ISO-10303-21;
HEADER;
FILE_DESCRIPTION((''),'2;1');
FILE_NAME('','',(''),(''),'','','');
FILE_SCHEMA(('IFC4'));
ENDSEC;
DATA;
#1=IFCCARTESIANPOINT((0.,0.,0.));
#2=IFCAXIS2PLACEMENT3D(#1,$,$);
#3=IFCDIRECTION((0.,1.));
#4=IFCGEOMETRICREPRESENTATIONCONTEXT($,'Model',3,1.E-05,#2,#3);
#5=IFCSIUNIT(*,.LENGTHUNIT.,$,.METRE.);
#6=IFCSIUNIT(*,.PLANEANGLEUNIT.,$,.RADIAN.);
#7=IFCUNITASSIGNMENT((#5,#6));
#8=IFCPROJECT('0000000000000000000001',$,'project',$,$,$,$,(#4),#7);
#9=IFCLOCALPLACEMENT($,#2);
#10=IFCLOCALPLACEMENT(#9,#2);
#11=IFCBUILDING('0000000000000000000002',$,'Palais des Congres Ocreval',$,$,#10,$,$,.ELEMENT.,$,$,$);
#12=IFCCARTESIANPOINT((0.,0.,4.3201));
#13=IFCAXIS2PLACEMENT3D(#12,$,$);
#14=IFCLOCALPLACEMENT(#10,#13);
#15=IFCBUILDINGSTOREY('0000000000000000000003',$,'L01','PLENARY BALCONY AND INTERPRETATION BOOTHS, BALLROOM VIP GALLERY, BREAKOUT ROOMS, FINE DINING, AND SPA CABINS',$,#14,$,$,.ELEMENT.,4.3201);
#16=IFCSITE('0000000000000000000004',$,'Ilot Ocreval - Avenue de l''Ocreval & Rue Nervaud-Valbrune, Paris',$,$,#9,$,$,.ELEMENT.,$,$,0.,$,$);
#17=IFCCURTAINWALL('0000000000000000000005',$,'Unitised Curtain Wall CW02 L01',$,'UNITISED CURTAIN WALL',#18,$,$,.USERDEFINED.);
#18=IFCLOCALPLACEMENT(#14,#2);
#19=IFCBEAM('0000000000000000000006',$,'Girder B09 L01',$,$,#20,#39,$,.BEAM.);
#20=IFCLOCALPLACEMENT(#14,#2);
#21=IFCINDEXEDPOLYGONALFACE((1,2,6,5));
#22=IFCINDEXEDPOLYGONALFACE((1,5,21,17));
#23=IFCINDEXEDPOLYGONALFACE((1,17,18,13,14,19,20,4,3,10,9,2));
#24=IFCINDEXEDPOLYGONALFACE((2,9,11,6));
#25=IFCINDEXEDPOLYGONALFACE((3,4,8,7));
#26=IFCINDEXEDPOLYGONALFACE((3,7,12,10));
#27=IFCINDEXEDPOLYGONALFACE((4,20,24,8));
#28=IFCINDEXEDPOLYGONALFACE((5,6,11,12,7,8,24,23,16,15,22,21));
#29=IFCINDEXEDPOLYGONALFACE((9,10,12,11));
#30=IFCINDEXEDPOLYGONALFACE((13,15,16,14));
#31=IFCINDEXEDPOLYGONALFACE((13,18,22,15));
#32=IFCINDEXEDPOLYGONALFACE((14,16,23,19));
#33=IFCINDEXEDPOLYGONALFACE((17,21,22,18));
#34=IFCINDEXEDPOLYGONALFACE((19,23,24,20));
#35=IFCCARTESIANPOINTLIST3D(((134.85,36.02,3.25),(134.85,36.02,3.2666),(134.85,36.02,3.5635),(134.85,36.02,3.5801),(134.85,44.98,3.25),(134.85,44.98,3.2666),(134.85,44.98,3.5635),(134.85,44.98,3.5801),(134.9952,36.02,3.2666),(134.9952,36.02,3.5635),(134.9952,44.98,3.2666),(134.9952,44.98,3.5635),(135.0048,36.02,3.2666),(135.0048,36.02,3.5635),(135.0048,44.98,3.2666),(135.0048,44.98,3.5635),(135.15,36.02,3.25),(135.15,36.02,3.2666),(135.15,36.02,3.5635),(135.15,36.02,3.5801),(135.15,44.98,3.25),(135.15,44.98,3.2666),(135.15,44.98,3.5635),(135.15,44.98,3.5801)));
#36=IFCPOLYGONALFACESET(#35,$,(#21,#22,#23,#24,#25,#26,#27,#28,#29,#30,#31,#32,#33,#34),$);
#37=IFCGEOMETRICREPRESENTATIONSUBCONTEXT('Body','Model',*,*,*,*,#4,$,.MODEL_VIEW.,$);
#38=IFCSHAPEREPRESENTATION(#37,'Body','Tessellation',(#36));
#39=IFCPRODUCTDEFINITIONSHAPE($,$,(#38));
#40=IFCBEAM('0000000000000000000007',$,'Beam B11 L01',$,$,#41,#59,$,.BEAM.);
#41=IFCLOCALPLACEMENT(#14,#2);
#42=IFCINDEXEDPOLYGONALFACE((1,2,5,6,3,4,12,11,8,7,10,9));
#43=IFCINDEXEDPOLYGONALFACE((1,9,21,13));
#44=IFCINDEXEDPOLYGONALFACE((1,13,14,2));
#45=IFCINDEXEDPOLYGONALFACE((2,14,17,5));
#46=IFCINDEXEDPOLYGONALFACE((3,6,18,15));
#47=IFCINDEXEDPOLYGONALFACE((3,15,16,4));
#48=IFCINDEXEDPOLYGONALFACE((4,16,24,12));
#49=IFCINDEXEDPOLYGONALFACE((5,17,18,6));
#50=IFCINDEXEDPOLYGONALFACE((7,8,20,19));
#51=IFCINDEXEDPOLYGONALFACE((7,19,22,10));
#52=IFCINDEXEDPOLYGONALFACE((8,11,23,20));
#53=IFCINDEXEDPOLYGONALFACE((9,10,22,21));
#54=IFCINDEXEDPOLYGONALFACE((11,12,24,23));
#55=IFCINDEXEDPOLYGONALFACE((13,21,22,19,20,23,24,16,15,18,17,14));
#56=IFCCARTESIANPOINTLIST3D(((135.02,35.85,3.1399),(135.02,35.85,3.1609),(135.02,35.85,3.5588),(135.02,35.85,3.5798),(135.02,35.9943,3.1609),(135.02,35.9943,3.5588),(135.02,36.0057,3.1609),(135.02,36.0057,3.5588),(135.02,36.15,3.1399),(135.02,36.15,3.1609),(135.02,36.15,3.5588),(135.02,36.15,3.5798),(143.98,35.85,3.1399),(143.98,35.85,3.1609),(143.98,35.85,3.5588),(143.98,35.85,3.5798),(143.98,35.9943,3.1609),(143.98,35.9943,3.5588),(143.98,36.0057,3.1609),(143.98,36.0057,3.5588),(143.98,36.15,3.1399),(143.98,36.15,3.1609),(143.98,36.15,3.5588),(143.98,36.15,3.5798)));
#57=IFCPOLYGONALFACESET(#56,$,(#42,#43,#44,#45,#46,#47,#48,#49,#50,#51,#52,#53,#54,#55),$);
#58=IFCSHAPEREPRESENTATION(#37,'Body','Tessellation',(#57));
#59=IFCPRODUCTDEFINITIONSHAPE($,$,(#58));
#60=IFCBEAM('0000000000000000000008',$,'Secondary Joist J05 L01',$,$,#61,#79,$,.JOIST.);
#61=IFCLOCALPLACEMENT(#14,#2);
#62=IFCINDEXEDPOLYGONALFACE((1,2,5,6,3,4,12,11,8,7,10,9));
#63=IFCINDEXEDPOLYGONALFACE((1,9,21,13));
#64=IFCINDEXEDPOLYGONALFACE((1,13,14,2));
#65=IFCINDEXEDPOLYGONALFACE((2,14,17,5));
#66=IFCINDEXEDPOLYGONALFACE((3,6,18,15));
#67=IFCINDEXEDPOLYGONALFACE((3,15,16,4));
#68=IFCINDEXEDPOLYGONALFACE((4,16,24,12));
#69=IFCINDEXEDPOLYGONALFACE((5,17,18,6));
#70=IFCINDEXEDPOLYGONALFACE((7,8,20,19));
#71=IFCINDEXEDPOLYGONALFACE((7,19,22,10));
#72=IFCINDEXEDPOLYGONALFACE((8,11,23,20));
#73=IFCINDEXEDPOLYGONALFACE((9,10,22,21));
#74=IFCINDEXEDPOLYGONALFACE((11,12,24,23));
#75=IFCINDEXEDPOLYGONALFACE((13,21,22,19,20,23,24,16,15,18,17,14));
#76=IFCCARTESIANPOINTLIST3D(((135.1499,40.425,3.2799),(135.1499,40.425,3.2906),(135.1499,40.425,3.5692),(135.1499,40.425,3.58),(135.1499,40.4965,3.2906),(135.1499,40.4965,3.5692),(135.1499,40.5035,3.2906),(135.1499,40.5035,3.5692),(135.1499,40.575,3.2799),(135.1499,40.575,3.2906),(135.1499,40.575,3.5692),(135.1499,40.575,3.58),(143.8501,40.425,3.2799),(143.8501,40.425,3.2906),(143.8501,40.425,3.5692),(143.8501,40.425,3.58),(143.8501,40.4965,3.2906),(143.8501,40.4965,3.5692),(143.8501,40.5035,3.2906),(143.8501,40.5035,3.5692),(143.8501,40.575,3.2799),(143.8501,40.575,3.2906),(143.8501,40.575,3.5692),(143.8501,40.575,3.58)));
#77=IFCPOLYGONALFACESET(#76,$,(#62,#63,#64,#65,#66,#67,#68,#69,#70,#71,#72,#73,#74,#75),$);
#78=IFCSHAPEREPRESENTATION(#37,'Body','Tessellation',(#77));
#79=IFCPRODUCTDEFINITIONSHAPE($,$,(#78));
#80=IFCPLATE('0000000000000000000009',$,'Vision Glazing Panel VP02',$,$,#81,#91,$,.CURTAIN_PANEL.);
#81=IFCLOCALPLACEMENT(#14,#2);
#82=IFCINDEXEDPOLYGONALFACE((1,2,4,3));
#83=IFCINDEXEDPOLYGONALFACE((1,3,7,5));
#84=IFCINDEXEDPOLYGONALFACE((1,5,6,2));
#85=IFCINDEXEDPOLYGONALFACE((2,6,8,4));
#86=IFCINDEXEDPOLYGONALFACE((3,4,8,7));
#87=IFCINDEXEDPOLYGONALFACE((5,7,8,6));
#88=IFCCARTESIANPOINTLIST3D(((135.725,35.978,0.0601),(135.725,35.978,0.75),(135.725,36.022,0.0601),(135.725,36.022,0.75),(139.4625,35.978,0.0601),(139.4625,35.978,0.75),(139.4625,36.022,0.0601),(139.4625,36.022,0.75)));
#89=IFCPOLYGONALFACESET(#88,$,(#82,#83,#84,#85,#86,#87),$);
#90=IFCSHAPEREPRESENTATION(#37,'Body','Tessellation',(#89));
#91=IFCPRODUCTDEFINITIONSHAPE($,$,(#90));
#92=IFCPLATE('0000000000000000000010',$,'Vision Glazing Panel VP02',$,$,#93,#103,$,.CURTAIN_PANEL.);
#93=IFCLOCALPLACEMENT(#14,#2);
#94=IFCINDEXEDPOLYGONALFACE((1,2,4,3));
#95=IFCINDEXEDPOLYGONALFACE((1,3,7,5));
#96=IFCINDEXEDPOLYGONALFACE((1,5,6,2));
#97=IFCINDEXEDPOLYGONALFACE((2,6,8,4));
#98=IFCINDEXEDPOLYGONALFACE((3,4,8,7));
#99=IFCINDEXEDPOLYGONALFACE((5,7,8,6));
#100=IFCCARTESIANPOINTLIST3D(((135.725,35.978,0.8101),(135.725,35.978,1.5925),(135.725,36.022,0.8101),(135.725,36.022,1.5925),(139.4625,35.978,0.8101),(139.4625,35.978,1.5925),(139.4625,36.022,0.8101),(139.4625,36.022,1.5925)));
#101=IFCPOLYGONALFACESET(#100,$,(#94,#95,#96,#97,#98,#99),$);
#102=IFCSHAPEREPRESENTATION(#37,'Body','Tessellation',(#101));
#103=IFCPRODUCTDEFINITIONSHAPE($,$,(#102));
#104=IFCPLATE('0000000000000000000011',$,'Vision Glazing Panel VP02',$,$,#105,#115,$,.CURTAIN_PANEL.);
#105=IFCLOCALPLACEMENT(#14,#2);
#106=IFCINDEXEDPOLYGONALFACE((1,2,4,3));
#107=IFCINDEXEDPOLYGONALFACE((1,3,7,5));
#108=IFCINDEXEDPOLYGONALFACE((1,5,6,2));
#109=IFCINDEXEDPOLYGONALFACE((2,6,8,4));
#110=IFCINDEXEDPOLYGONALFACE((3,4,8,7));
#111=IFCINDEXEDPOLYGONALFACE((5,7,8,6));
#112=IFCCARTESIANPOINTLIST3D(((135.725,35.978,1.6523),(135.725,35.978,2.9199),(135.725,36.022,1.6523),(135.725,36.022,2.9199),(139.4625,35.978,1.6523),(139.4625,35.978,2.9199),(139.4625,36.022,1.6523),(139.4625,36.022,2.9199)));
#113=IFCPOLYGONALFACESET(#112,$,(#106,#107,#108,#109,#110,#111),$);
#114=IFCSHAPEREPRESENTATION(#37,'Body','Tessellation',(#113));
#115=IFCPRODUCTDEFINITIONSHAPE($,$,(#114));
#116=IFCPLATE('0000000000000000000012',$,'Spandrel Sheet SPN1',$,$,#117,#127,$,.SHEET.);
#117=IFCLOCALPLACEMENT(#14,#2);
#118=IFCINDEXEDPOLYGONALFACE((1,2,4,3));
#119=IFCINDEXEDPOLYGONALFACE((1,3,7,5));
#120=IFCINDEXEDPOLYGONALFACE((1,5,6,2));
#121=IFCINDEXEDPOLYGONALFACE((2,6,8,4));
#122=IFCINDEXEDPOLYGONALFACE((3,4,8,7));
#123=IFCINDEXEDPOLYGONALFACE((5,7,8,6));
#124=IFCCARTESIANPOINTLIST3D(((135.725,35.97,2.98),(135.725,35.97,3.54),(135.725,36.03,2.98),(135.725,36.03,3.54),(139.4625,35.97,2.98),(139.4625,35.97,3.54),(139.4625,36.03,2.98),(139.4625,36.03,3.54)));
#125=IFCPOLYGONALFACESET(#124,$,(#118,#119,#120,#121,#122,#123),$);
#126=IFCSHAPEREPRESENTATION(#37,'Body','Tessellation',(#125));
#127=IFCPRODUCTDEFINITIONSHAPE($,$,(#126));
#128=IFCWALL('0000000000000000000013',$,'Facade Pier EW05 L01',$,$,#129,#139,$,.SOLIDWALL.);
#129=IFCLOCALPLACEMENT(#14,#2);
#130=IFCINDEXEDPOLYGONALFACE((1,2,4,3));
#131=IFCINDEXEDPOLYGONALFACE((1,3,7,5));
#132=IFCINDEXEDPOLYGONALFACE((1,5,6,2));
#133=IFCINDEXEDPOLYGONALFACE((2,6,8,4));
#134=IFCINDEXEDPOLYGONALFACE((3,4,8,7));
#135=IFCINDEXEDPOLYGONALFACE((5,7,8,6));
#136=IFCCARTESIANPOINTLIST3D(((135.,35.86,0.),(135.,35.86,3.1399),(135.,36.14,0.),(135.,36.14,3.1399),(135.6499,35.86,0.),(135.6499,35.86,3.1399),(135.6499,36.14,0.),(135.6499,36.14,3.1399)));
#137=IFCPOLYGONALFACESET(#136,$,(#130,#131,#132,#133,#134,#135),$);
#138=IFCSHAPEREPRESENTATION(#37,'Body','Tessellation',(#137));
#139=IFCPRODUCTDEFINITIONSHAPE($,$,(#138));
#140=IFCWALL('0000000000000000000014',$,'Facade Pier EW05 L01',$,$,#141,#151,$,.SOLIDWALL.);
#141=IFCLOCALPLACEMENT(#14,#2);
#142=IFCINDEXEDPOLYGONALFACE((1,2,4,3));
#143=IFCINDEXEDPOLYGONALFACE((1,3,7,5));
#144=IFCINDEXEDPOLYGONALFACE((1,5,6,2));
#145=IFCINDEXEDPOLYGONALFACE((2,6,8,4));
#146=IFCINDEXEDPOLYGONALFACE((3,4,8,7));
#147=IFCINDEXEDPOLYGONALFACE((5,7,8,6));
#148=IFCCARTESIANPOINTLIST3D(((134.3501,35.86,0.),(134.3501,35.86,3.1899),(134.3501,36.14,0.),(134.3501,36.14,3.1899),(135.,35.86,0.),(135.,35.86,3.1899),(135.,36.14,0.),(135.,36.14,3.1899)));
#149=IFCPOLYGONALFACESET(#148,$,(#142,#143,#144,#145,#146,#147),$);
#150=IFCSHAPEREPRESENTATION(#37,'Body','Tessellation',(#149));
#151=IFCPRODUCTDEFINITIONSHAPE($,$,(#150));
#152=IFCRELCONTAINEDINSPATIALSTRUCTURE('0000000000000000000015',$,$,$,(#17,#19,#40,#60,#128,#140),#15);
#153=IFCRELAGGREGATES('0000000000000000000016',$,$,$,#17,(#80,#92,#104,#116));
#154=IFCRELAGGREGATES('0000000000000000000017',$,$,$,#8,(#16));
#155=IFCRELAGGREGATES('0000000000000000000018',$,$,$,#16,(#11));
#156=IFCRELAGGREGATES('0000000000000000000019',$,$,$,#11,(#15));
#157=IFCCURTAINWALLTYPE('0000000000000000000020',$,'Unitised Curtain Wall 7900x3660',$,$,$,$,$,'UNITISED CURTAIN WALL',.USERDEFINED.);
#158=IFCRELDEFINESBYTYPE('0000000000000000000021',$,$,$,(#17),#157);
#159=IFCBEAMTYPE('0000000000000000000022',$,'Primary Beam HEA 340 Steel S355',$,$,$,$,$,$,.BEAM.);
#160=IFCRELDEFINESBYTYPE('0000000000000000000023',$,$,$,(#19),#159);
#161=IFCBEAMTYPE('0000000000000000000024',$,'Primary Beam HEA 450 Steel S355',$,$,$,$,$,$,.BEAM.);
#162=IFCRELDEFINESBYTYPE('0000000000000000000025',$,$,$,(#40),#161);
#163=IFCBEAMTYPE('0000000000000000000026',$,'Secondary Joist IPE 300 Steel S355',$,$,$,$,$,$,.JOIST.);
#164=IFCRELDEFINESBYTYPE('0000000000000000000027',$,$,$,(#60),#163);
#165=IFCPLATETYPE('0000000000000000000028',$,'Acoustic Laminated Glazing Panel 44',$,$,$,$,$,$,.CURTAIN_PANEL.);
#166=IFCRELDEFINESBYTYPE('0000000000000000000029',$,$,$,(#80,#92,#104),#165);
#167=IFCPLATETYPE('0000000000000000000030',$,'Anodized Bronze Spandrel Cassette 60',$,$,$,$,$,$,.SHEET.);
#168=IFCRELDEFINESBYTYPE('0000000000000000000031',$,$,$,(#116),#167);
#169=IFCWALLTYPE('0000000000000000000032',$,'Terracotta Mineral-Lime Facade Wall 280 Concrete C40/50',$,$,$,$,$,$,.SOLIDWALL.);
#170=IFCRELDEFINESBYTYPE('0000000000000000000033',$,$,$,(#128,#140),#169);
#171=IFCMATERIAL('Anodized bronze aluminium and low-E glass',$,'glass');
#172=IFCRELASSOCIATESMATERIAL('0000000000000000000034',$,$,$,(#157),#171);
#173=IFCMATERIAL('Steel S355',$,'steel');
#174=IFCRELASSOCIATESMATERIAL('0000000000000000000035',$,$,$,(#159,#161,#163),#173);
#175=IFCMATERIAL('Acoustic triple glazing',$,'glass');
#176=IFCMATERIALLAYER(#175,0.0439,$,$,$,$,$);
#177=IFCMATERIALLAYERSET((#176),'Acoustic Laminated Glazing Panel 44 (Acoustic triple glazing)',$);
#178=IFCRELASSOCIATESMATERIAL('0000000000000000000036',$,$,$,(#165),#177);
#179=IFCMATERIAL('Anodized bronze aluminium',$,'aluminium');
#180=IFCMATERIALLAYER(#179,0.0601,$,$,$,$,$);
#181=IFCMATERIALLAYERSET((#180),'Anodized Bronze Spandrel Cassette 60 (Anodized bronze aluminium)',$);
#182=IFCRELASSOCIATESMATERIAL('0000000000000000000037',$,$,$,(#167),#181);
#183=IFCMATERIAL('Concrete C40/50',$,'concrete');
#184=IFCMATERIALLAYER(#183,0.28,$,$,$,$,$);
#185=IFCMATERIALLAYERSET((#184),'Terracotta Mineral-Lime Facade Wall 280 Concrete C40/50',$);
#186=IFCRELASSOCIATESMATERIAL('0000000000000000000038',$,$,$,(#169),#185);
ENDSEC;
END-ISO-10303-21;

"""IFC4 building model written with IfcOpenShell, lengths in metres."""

from ifc_helpers import new_model, si_unit, direction, frame, frame_2d, origin, origin_2d, place, context, subcontext, project, spatial, rectangle, i_section, extrude, material, layer, layer_set, material_profile, profile_set, type_object, element, aggregate, save


model = new_model("IFC4")

# Units and contexts
model_context = context("Model", 3, precision=1e-05, world=origin(), true_north=direction((0.0, 1.0)))
body_context = subcontext(model_context, "Body", "Model", "MODEL_VIEW")
ifc_project = project(units=[si_unit("LENGTHUNIT", "METRE"), si_unit("PLANEANGLEUNIT", "RADIAN")], contexts=[model_context])

# Site, building, storey
site_placement = place(None, origin())
site = spatial("IfcSite", under=ifc_project, at=site_placement, Name="Ilot Ocreval - Avenue de l'Ocreval & Rue Nervaud-Valbrune, Paris", CompositionType="ELEMENT", RefElevation=0.0)
building_placement = place(site_placement, origin())
building = spatial("IfcBuilding", under=site, at=building_placement, Name="Palais des Congres Ocreval", CompositionType="ELEMENT")
storey_placement = place(building_placement, frame((0.0, 0.0, 4.3201)))
storey = spatial("IfcBuildingStorey", under=building, at=storey_placement, Name="L01", Description="PLENARY BALCONY AND INTERPRETATION BOOTHS, BALLROOM VIP GALLERY, BREAKOUT ROOMS, FINE DINING, AND SPA CABINS", CompositionType="ELEMENT", Elevation=4.3201)

# Shared definitions
ifc_material_1 = material(Name="Steel S355", Category="steel")

# Curtain wall
ifc_material_2 = material(Name="Anodized bronze aluminium and low-E glass", Category="glass")
curtain_wall_type = type_object("IfcCurtainWallType", Name="Unitised Curtain Wall 7900x3660", ElementType="UNITISED CURTAIN WALL", PredefinedType="USERDEFINED", material=ifc_material_2)
curtain_wall_1_placement = place(storey_placement, origin())
curtain_wall_1 = element("IfcCurtainWall", 1, at=curtain_wall_1_placement, inside=storey, type_object=curtain_wall_type, Name="Unitised Curtain Wall CW02 L01", ObjectType="UNITISED CURTAIN WALL", PredefinedType="USERDEFINED")
ifc_material_3 = material(Name="Anodized bronze aluminium", Category="aluminium")

# Beams
ifc_material_profile_1 = material_profile(ifc_material_1, i_section(OverallWidth=0.3, OverallDepth=0.3301, WebThickness=0.0095, FlangeThickness=0.0166, at=origin_2d()), Name="HEA 340")
ifc_profile_set_1 = profile_set([ifc_material_profile_1], Name="Steel S355")
beam_type_1 = type_object("IfcBeamType", Name="Primary Beam HEA 340 Steel S355", PredefinedType="BEAM", material=ifc_profile_set_1)
beam_1_placement = place(storey_placement, frame((135.0, 36.02, 3.415), z_axis=(0.0, 1.0, 0.0), x_axis=(-1.0, 0.0, 0.0)))
element("IfcBeam", 2, at=beam_1_placement, inside=storey, type_object=beam_type_1, Name="Girder B09 L01", PredefinedType="BEAM", context=body_context, shape_type="SweptSolid", body=[
    extrude(i_section(OverallWidth=0.3, OverallDepth=0.3301, WebThickness=0.0095, FlangeThickness=0.0166, at=origin_2d()), origin(), (0.0, 0.0, 1.0), 8.96),
])
ifc_material_profile_2 = material_profile(ifc_material_1, i_section(OverallWidth=0.3, OverallDepth=0.4399, WebThickness=0.0115, FlangeThickness=0.021, at=origin_2d()), Name="HEA 450")
ifc_profile_set_2 = profile_set([ifc_material_profile_2], Name="Steel S355")
beam_type_2 = type_object("IfcBeamType", Name="Primary Beam HEA 450 Steel S355", PredefinedType="BEAM", material=ifc_profile_set_2)
beam_2_placement = place(storey_placement, frame((135.02, 36.0, 3.3599), z_axis=(1.0, 0.0, 0.0), x_axis=(0.0, 1.0, 0.0)))
element("IfcBeam", 3, at=beam_2_placement, inside=storey, type_object=beam_type_2, Name="Beam B11 L01", PredefinedType="BEAM", context=body_context, shape_type="SweptSolid", body=[
    extrude(i_section(OverallWidth=0.3, OverallDepth=0.4399, WebThickness=0.0115, FlangeThickness=0.021, at=origin_2d()), origin(), (0.0, 0.0, 1.0), 8.96),
])
ifc_material_profile_3 = material_profile(ifc_material_1, i_section(OverallWidth=0.1499, OverallDepth=0.3, WebThickness=0.0071, FlangeThickness=0.0107, at=origin_2d()), Name="IPE 300")
ifc_profile_set_3 = profile_set([ifc_material_profile_3], Name="Steel S355")
beam_type_3 = type_object("IfcBeamType", Name="Secondary Joist IPE 300 Steel S355", PredefinedType="JOIST", material=ifc_profile_set_3)
beam_3_placement = place(storey_placement, frame((135.1499, 40.5, 3.4299), z_axis=(1.0, 0.0, 0.0), x_axis=(0.0, 1.0, 0.0)))
element("IfcBeam", 4, at=beam_3_placement, inside=storey, type_object=beam_type_3, Name="Secondary Joist J05 L01", PredefinedType="JOIST", context=body_context, shape_type="SweptSolid", body=[
    extrude(i_section(OverallWidth=0.1499, OverallDepth=0.3, WebThickness=0.0071, FlangeThickness=0.0107, at=origin_2d()), origin(), (0.0, 0.0, 1.0), 8.7002),
])

# Plates
ifc_material_4 = material(Name="Acoustic triple glazing", Category="glass")
ifc_layer_1 = layer(ifc_material_4, 0.0439)
ifc_layer_set_1 = layer_set([ifc_layer_1], Name="Acoustic Laminated Glazing Panel 44 (Acoustic triple glazing)")
plate_type_1 = type_object("IfcPlateType", Name="Acoustic Laminated Glazing Panel 44", PredefinedType="CURTAIN_PANEL", material=ifc_layer_set_1)
plate_1_placement = place(storey_placement, frame((137.5938, 36.0, 0.0601), z_axis=(0.0, 0.0, 1.0), x_axis=(-1.0, 0.0, 0.0)))
plate_1 = element("IfcPlate", 5, at=plate_1_placement, type_object=plate_type_1, Name="Vision Glazing Panel VP02", PredefinedType="CURTAIN_PANEL", context=body_context, shape_type="SweptSolid", body=[
    extrude(rectangle(XDim=3.7375, YDim=0.0439, at=origin_2d()), origin(), (0.0, 0.0, 1.0), 0.6899),
])
plate_2_placement = place(storey_placement, frame((137.5938, 36.0, 0.8101), z_axis=(0.0, 0.0, 1.0), x_axis=(-1.0, 0.0, 0.0)))
plate_2 = element("IfcPlate", 6, at=plate_2_placement, type_object=plate_type_1, Name="Vision Glazing Panel VP02", PredefinedType="CURTAIN_PANEL", context=body_context, shape_type="SweptSolid", body=[
    extrude(rectangle(XDim=3.7375, YDim=0.0439, at=origin_2d()), origin(), (0.0, 0.0, 1.0), 0.7825),
])
plate_3_placement = place(storey_placement, frame((137.5938, 36.0, 1.6523), z_axis=(0.0, 0.0, 1.0), x_axis=(-1.0, 0.0, 0.0)))
plate_3 = element("IfcPlate", 7, at=plate_3_placement, type_object=plate_type_1, Name="Vision Glazing Panel VP02", PredefinedType="CURTAIN_PANEL", context=body_context, shape_type="SweptSolid", body=[
    extrude(rectangle(XDim=3.7375, YDim=0.0439, at=origin_2d()), origin(), (0.0, 0.0, 1.0), 1.2676),
])
ifc_layer_2 = layer(ifc_material_3, 0.0601)
ifc_layer_set_2 = layer_set([ifc_layer_2], Name="Anodized Bronze Spandrel Cassette 60 (Anodized bronze aluminium)")
plate_type_2 = type_object("IfcPlateType", Name="Anodized Bronze Spandrel Cassette 60", PredefinedType="SHEET", material=ifc_layer_set_2)
plate_4_placement = place(storey_placement, frame((137.5938, 36.0, 2.98), z_axis=(0.0, 0.0, 1.0), x_axis=(-1.0, 0.0, 0.0)))
plate_4 = element("IfcPlate", 8, at=plate_4_placement, type_object=plate_type_2, Name="Spandrel Sheet SPN1", PredefinedType="SHEET", context=body_context, shape_type="SweptSolid", body=[
    extrude(rectangle(XDim=3.7375, YDim=0.0601, at=origin_2d()), origin(), (0.0, 0.0, 1.0), 0.5601),
])
aggregate(curtain_wall_1, [plate_1, plate_2, plate_3, plate_4])

# Walls
ifc_material_5 = material(Name="Concrete C40/50", Category="concrete")
ifc_layer_3 = layer(ifc_material_5, 0.28)
ifc_layer_set_3 = layer_set([ifc_layer_3], Name="Terracotta Mineral-Lime Facade Wall 280 Concrete C40/50")
wall_type = type_object("IfcWallType", Name="Terracotta Mineral-Lime Facade Wall 280 Concrete C40/50", PredefinedType="SOLIDWALL", material=ifc_layer_set_3)
wall_1_placement = place(storey_placement, frame((135.6499, 36.0, 0.0), z_axis=(0.0, 0.0, 1.0), x_axis=(-1.0, 0.0, 0.0)))
element("IfcWall", 9, at=wall_1_placement, inside=storey, type_object=wall_type, Name="Facade Pier EW05 L01", PredefinedType="SOLIDWALL", context=body_context, shape_type="SweptSolid", body=[
    extrude(rectangle(XDim=0.6499, YDim=0.28, at=frame_2d((0.325, 0.0))), origin(), (0.0, 0.0, 1.0), 3.1399),
])
wall_2_placement = place(storey_placement, frame((135.0, 36.0, 0.0), z_axis=(0.0, 0.0, 1.0), x_axis=(-1.0, 0.0, 0.0)))
element("IfcWall", 10, at=wall_2_placement, inside=storey, type_object=wall_type, Name="Facade Pier EW05 L01", PredefinedType="SOLIDWALL", context=body_context, shape_type="SweptSolid", body=[
    extrude(rectangle(XDim=0.6499, YDim=0.28, at=frame_2d((0.325, 0.0))), origin(), (0.0, 0.0, 1.0), 3.1899),
])

save(model, "model.ifc")
